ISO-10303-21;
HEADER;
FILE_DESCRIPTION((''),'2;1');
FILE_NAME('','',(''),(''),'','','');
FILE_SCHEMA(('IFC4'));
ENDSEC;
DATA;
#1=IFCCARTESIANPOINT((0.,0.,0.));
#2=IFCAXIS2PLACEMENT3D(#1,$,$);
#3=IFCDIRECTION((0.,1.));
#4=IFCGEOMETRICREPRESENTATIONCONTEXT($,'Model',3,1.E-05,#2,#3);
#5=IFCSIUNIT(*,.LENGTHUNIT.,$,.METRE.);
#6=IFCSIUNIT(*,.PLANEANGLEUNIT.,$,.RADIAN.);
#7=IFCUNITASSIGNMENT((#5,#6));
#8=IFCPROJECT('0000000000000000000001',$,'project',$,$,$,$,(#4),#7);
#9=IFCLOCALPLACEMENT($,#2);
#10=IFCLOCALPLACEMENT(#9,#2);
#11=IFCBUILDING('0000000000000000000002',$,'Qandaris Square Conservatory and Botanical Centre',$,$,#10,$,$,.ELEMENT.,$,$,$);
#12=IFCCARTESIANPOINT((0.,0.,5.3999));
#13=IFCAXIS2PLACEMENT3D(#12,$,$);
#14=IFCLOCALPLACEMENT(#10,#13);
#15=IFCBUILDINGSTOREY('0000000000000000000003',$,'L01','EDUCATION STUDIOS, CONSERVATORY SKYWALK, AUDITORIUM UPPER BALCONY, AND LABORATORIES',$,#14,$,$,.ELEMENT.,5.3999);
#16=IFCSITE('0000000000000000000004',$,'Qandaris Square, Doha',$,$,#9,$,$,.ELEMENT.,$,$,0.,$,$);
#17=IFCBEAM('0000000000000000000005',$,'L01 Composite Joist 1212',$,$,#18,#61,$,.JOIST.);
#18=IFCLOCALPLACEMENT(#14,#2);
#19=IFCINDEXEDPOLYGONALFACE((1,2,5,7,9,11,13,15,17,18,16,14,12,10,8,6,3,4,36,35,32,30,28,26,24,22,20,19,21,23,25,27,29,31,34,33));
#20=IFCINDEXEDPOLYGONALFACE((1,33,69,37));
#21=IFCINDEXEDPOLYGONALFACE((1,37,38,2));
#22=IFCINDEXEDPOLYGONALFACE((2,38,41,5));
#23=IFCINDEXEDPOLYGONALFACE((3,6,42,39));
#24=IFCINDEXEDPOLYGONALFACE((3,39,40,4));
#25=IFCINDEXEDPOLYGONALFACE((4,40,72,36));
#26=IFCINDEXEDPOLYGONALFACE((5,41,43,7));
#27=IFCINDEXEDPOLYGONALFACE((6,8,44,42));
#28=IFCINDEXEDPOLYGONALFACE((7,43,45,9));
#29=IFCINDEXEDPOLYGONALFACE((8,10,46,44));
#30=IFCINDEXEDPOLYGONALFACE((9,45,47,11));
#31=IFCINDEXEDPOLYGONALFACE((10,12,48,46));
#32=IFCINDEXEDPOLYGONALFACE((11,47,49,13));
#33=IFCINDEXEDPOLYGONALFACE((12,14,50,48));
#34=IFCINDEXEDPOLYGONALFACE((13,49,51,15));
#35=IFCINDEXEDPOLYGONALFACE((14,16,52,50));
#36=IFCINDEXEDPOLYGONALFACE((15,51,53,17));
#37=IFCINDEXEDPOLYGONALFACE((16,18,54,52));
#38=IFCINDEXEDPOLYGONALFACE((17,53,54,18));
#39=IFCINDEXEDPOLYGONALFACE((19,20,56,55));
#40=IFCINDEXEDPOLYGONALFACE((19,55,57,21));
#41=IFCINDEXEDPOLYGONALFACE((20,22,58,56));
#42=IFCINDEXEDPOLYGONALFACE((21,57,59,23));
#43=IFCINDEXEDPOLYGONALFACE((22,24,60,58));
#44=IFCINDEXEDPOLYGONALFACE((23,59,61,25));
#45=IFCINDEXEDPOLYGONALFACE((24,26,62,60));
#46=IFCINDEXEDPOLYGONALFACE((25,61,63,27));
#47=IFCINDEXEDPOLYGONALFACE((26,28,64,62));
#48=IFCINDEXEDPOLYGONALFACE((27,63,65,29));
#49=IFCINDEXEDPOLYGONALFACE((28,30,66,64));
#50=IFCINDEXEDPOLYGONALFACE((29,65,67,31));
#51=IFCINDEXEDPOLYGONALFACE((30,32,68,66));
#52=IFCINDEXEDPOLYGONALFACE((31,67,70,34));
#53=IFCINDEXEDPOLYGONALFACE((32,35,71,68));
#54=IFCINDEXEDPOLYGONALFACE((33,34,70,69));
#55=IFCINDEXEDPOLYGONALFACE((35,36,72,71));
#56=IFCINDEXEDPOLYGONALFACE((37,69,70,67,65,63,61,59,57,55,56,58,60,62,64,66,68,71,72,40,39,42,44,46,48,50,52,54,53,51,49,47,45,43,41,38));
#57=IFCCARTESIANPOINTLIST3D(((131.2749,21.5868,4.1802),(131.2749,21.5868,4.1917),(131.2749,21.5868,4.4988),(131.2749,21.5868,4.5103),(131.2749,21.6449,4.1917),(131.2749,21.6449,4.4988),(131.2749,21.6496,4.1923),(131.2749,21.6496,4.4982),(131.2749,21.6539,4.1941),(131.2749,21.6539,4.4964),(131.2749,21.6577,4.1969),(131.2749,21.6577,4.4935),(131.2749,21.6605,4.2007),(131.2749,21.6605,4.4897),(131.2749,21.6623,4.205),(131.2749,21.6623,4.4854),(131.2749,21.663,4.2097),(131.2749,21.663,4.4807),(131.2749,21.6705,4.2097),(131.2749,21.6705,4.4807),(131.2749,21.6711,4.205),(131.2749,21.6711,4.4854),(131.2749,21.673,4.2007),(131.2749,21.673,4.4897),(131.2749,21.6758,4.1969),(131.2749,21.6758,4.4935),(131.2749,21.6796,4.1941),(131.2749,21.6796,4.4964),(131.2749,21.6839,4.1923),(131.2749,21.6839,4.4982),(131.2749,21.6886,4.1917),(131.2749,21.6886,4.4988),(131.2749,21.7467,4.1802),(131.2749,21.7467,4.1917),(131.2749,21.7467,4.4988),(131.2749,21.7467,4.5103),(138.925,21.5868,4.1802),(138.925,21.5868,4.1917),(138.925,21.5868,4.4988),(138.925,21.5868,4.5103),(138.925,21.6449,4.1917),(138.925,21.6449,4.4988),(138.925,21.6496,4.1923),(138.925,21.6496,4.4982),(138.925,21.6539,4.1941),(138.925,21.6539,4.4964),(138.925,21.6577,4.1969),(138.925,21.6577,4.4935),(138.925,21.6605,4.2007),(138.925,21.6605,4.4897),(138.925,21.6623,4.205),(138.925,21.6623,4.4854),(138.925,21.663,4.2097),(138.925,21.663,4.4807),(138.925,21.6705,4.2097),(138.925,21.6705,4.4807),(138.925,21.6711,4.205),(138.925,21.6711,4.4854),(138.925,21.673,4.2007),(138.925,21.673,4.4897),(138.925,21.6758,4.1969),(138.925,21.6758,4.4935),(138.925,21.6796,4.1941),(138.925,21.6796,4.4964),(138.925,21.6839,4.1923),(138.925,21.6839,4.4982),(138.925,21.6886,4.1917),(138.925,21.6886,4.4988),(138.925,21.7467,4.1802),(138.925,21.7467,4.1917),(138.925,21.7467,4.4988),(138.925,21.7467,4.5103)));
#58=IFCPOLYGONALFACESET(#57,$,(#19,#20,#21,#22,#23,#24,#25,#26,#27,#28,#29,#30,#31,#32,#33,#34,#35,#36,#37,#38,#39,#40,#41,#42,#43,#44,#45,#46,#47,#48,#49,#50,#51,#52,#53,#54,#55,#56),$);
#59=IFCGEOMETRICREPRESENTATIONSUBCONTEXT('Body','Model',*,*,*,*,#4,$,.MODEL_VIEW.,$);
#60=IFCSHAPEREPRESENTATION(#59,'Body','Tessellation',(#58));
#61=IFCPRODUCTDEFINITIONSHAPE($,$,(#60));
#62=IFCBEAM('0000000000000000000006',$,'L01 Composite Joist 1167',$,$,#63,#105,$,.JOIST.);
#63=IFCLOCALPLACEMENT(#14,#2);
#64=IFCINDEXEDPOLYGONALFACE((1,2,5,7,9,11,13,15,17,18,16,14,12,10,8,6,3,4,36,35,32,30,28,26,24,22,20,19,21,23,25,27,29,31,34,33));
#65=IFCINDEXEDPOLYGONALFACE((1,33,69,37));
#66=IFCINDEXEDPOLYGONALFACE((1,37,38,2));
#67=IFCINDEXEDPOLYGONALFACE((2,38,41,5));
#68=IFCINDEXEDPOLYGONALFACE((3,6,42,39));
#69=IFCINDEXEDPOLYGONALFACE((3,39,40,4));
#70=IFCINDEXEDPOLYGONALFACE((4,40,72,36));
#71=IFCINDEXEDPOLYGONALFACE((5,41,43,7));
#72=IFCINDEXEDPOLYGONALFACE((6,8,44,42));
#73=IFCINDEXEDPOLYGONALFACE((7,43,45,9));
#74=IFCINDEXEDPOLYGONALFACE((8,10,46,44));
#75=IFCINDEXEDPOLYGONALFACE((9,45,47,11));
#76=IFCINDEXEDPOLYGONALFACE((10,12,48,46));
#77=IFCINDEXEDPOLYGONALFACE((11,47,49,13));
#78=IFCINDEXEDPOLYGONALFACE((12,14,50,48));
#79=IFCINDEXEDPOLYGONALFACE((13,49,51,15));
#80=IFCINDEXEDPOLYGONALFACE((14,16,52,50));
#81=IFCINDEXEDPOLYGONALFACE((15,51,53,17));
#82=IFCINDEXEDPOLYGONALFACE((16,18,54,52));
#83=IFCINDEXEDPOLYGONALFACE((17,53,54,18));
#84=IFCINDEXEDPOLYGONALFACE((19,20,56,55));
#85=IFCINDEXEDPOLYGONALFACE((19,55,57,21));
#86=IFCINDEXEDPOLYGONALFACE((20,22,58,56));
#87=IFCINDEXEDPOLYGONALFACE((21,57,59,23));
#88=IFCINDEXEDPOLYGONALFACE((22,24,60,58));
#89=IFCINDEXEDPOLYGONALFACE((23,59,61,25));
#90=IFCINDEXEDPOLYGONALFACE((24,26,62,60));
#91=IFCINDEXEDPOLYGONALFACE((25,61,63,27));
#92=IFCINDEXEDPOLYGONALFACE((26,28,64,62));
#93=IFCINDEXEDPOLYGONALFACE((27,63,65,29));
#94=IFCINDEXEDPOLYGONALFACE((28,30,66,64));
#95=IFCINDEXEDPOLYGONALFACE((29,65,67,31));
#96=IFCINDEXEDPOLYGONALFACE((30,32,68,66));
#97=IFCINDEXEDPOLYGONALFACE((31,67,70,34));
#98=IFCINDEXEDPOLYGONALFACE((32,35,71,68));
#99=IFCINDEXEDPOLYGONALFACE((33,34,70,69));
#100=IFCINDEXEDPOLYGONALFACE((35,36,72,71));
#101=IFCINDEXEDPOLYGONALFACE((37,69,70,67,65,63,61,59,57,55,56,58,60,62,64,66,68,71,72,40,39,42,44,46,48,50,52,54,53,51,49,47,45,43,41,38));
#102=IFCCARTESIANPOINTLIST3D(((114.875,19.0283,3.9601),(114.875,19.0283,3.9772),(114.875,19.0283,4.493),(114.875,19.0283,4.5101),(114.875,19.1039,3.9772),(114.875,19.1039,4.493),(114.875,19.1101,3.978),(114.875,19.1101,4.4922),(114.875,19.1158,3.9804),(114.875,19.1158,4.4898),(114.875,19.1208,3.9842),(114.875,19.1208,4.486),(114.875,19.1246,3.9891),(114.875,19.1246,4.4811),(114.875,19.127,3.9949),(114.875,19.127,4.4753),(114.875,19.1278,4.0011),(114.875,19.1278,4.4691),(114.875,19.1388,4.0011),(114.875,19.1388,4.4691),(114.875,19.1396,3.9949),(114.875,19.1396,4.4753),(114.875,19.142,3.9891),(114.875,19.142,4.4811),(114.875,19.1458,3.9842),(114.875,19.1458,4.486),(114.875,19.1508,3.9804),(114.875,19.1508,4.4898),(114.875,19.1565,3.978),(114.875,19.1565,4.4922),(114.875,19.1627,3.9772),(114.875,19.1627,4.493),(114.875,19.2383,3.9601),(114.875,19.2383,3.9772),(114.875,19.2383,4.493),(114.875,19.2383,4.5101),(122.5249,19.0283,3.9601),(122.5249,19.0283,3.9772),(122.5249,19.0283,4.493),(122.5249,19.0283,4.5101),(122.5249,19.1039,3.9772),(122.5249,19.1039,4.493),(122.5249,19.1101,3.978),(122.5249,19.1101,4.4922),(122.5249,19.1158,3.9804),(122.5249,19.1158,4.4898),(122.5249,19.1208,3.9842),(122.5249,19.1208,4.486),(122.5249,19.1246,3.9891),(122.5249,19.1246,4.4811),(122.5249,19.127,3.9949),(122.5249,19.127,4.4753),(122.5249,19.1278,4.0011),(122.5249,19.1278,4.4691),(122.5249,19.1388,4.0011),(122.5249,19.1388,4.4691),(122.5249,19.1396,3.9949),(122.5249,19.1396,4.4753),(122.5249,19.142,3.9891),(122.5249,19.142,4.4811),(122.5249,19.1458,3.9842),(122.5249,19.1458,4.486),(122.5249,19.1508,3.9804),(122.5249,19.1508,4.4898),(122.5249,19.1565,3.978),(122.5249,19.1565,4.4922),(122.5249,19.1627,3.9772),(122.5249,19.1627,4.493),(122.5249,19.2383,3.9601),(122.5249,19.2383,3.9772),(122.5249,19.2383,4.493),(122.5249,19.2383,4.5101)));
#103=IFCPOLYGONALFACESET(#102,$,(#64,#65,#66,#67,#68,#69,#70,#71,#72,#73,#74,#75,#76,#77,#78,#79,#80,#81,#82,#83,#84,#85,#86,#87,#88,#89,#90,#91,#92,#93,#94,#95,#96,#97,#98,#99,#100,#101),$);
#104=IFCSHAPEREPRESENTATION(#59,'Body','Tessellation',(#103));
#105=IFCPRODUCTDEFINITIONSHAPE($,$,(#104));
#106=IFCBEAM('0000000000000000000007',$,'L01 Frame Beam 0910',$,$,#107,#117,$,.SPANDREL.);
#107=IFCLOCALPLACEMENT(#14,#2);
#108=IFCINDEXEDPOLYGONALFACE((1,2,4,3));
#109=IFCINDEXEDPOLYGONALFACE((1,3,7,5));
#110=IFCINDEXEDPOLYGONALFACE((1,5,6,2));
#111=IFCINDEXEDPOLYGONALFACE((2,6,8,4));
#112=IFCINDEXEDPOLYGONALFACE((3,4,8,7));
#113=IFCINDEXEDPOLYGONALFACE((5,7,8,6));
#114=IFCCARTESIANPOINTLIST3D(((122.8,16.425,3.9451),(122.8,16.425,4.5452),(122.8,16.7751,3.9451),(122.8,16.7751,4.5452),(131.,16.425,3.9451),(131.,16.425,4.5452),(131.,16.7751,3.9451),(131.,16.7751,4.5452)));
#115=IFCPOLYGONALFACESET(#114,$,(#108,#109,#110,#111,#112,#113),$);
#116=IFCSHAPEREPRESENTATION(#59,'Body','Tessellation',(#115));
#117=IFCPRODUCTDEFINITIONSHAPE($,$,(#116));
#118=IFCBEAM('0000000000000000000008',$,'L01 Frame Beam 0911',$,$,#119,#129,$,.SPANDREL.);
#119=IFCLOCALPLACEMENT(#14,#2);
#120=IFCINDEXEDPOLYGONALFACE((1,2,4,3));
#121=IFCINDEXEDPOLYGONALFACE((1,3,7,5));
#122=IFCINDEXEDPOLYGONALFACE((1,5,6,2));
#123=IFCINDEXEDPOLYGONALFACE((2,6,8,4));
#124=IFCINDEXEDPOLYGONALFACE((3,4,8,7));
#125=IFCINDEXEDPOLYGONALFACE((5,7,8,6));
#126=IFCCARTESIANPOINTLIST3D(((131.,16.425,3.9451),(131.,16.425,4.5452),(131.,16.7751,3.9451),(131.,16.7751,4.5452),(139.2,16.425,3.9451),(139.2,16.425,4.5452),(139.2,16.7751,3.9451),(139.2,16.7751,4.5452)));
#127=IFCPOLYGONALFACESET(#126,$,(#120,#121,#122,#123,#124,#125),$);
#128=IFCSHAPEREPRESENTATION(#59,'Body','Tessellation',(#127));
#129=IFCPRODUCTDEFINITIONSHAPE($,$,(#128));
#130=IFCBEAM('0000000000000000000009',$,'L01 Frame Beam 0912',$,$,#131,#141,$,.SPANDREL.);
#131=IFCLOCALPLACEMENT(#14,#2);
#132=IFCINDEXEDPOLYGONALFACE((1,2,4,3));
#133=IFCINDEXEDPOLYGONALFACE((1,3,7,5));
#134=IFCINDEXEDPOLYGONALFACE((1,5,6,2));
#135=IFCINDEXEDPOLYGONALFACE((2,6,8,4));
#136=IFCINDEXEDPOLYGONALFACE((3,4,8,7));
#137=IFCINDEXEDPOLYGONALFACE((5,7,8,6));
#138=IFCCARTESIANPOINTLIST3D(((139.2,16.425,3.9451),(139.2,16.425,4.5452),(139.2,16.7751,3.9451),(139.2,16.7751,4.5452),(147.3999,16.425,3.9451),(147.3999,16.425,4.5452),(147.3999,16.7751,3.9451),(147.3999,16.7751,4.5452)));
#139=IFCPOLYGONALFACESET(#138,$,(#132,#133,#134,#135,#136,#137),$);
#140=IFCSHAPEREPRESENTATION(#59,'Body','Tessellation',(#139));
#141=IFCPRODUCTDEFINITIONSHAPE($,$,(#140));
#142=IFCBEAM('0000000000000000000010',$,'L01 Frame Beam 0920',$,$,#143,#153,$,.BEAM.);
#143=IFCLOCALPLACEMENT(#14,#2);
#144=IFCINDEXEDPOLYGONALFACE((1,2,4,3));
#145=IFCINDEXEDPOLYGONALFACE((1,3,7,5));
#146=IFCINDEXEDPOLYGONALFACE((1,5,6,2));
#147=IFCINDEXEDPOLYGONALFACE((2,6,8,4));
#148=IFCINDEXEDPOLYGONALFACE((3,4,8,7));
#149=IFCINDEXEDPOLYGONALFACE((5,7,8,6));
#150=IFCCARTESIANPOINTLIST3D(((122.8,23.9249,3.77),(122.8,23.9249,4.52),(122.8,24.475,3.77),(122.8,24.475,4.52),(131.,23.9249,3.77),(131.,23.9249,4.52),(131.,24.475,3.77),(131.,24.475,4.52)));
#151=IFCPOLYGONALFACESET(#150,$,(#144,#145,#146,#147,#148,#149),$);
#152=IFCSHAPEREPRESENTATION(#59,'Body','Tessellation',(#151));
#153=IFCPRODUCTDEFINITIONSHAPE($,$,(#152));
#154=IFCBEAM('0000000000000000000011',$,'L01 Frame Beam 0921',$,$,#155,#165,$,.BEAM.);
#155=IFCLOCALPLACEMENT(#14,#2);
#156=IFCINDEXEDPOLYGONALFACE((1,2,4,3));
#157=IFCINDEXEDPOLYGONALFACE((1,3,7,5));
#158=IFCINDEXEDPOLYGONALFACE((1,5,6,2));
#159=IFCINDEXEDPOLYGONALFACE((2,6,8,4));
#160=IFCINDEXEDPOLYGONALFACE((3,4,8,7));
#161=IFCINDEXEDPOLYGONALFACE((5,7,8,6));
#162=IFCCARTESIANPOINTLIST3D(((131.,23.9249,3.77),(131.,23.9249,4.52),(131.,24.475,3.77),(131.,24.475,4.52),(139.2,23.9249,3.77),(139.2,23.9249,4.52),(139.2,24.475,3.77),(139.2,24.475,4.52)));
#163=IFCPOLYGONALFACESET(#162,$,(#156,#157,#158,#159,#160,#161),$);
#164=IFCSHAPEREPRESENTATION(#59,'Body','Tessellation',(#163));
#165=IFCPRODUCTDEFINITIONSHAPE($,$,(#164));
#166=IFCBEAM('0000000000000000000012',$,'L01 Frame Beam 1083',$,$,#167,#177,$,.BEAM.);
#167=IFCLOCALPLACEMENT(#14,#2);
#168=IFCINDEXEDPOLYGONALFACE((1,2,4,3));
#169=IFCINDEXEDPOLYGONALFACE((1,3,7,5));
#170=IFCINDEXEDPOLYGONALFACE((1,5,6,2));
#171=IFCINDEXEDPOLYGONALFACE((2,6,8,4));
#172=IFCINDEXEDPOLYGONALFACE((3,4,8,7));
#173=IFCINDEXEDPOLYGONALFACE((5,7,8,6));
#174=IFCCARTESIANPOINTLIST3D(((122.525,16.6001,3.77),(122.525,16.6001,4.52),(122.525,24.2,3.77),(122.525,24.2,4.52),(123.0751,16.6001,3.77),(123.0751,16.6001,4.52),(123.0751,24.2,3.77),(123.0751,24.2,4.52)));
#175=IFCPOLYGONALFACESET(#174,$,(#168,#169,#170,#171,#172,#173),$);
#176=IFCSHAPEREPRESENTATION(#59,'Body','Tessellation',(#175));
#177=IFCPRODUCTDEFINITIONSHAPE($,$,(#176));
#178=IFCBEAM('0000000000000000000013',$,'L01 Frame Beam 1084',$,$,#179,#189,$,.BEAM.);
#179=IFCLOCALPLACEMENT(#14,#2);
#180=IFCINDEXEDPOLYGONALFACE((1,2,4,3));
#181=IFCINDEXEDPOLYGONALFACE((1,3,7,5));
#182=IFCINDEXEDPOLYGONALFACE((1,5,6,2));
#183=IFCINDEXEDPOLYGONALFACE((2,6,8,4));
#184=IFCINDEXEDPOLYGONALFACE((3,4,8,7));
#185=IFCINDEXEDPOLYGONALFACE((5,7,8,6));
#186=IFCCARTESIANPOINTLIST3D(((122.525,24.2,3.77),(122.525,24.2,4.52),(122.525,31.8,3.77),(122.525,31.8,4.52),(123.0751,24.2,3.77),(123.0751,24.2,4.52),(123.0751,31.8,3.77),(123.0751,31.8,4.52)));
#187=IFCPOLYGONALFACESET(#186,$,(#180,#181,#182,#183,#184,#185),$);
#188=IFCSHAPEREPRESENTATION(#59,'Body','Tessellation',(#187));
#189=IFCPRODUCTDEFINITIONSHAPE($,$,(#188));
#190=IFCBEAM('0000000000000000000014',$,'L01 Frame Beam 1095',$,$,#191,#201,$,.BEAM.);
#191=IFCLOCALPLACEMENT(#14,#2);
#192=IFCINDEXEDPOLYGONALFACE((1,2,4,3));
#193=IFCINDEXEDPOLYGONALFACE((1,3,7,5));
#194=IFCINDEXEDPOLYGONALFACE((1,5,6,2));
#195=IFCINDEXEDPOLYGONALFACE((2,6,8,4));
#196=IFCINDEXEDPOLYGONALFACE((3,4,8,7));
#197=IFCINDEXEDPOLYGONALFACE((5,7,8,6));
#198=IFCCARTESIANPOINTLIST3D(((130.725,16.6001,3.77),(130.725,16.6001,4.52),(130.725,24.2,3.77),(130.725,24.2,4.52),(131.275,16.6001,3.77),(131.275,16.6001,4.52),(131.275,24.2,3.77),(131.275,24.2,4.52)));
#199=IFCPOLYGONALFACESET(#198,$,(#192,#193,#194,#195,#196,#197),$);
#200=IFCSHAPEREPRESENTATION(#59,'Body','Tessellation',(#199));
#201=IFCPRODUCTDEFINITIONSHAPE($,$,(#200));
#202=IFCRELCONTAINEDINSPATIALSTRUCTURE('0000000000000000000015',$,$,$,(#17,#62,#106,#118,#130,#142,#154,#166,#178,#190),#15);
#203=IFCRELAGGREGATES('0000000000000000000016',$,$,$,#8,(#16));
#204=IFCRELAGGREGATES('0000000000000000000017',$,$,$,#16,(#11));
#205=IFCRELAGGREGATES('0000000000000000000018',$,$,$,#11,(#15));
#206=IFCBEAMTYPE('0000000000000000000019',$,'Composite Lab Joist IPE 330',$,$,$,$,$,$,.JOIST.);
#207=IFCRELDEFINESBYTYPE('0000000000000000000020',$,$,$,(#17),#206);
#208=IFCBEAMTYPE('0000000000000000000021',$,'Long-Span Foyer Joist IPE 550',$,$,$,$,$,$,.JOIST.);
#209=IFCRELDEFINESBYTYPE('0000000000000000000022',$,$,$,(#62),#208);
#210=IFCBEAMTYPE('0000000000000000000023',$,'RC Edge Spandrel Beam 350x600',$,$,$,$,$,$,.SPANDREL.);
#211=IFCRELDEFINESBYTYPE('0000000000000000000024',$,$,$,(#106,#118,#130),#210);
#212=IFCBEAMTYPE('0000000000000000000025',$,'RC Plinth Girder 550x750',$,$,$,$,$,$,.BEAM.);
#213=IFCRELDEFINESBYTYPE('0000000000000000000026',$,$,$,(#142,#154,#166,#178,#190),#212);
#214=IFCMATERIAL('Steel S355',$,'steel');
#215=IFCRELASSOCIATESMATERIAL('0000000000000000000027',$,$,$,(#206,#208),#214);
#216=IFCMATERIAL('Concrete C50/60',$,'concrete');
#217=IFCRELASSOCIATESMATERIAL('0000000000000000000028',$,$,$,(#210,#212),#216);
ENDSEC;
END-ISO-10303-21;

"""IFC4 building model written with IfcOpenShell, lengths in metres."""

from ifc_helpers import new_model, si_unit, direction, frame, origin, origin_2d, place, context, subcontext, project, spatial, rectangle, i_section, extrude, material, material_profile, profile_set, type_object, element, save


model = new_model("IFC4")

# Units and contexts
model_context = context("Model", 3, precision=1e-05, world=origin(), true_north=direction((0.0, 1.0)))
body_context = subcontext(model_context, "Body", "Model", "MODEL_VIEW")
ifc_project = project(units=[si_unit("LENGTHUNIT", "METRE"), si_unit("PLANEANGLEUNIT", "RADIAN")], contexts=[model_context])

# Site, building, storey
site_placement = place(None, origin())
site = spatial("IfcSite", under=ifc_project, at=site_placement, Name="Qandaris Square, Doha", CompositionType="ELEMENT", RefElevation=0.0)
building_placement = place(site_placement, origin())
building = spatial("IfcBuilding", under=site, at=building_placement, Name="Qandaris Square Conservatory and Botanical Centre", CompositionType="ELEMENT")
storey_placement = place(building_placement, frame((0.0, 0.0, 5.3999)))
storey = spatial("IfcBuildingStorey", under=building, at=storey_placement, Name="L01", Description="EDUCATION STUDIOS, CONSERVATORY SKYWALK, AUDITORIUM UPPER BALCONY, AND LABORATORIES", CompositionType="ELEMENT", Elevation=5.3999)

# Shared definitions
ifc_material_1 = material(Name="Concrete C50/60", Category="concrete")

# Shared definitions
ifc_material_2 = material(Name="Steel S355", Category="steel")

# Beams
ifc_material_profile_1 = material_profile(ifc_material_2, i_section(OverallWidth=0.1599, OverallDepth=0.3301, WebThickness=0.0076, FlangeThickness=0.0115, FilletRadius=0.0181, at=origin_2d()), Name="IPE 330")
ifc_profile_set_1 = profile_set([ifc_material_profile_1], Name="Steel S355")
beam_type_1 = type_object("IfcBeamType", Name="Composite Lab Joist IPE 330", PredefinedType="JOIST", material=ifc_profile_set_1)
beam_1_placement = place(storey_placement, frame((131.2749, 21.6667, 4.3452), z_axis=(1.0, 0.0, 0.0), x_axis=(0.0, 1.0, 0.0)))
element("IfcBeam", 1, at=beam_1_placement, inside=storey, type_object=beam_type_1, Name="L01 Composite Joist 1212", PredefinedType="JOIST", context=body_context, shape_type="SweptSolid", body=[
    extrude(i_section(OverallWidth=0.1599, OverallDepth=0.3301, WebThickness=0.0076, FlangeThickness=0.0115, FilletRadius=0.0181, at=origin_2d()), origin(), (0.0, 0.0, 1.0), 7.6501),
])
ifc_material_profile_2 = material_profile(ifc_material_2, i_section(OverallWidth=0.21, OverallDepth=0.55, WebThickness=0.011, FlangeThickness=0.0171, FilletRadius=0.0239, at=origin_2d()), Name="IPE 550")
ifc_profile_set_2 = profile_set([ifc_material_profile_2], Name="Steel S355")
beam_type_2 = type_object("IfcBeamType", Name="Long-Span Foyer Joist IPE 550", PredefinedType="JOIST", material=ifc_profile_set_2)
beam_2_placement = place(storey_placement, frame((114.875, 19.1333, 4.2351), z_axis=(1.0, 0.0, 0.0), x_axis=(0.0, 1.0, 0.0)))
element("IfcBeam", 2, at=beam_2_placement, inside=storey, type_object=beam_type_2, Name="L01 Composite Joist 1167", PredefinedType="JOIST", context=body_context, shape_type="SweptSolid", body=[
    extrude(i_section(OverallWidth=0.21, OverallDepth=0.55, WebThickness=0.011, FlangeThickness=0.0171, FilletRadius=0.0239, at=origin_2d()), origin(), (0.0, 0.0, 1.0), 7.6499),
])
ifc_material_profile_3 = material_profile(ifc_material_1, rectangle(XDim=0.3501, YDim=0.6001, at=origin_2d()), Name="RC-SP 350x600")
ifc_profile_set_3 = profile_set([ifc_material_profile_3], Name="Concrete C50/60")
beam_type_3 = type_object("IfcBeamType", Name="RC Edge Spandrel Beam 350x600", PredefinedType="SPANDREL", material=ifc_profile_set_3)
for number, where, z_axis, x_axis, name in (
    (3, (122.8, 16.6001, 4.2451), (1.0, 0.0, 0.0), (0.0, 1.0, 0.0), "L01 Frame Beam 0910"),
    (4, (131.0, 16.6001, 4.2451), (1.0, 0.0, 0.0), (0.0, 1.0, 0.0), "L01 Frame Beam 0911"),
    (5, (139.2, 16.6001, 4.2451), (1.0, 0.0, 0.0), (0.0, 1.0, 0.0), "L01 Frame Beam 0912"),
):
    element("IfcBeam", number, at=place(storey_placement, frame(where, z_axis=z_axis, x_axis=x_axis)), inside=storey, type_object=beam_type_3, Name=name, PredefinedType="SPANDREL", context=body_context, shape_type="SweptSolid", body=[
        extrude(rectangle(XDim=0.3501, YDim=0.6001, at=origin_2d()), origin(), (0.0, 0.0, 1.0), 8.2),
    ])
ifc_material_profile_4 = material_profile(ifc_material_1, rectangle(XDim=0.55, YDim=0.75, at=origin_2d()), Name="RC-BM 550x750")
ifc_profile_set_4 = profile_set([ifc_material_profile_4], Name="Concrete C50/60")
beam_type_4 = type_object("IfcBeamType", Name="RC Plinth Girder 550x750", PredefinedType="BEAM", material=ifc_profile_set_4)
for number, where, z_axis, x_axis, name in (
    (6, (122.8, 24.2, 4.145), (1.0, 0.0, 0.0), (0.0, 1.0, 0.0), "L01 Frame Beam 0920"),
    (7, (131.0, 24.2, 4.145), (1.0, 0.0, 0.0), (0.0, 1.0, 0.0), "L01 Frame Beam 0921"),
):
    element("IfcBeam", number, at=place(storey_placement, frame(where, z_axis=z_axis, x_axis=x_axis)), inside=storey, type_object=beam_type_4, Name=name, PredefinedType="BEAM", context=body_context, shape_type="SweptSolid", body=[
        extrude(rectangle(XDim=0.55, YDim=0.75, at=origin_2d()), origin(), (0.0, 0.0, 1.0), 8.2),
    ])
beam_3_placement = place(storey_placement, frame((122.8, 16.6001, 4.145), z_axis=(0.0, 1.0, 0.0), x_axis=(-1.0, 0.0, 0.0)))
element("IfcBeam", 8, at=beam_3_placement, inside=storey, type_object=beam_type_4, Name="L01 Frame Beam 1083", PredefinedType="BEAM", context=body_context, shape_type="SweptSolid", body=[
    extrude(rectangle(XDim=0.55, YDim=0.75, at=origin_2d()), origin(), (0.0, 0.0, 1.0), 7.5999),
])
beam_4_placement = place(storey_placement, frame((122.8, 24.2, 4.145), z_axis=(0.0, 1.0, 0.0), x_axis=(-1.0, 0.0, 0.0)))
element("IfcBeam", 9, at=beam_4_placement, inside=storey, type_object=beam_type_4, Name="L01 Frame Beam 1084", PredefinedType="BEAM", context=body_context, shape_type="SweptSolid", body=[
    extrude(rectangle(XDim=0.55, YDim=0.75, at=origin_2d()), origin(), (0.0, 0.0, 1.0), 7.6001),
])
beam_5_placement = place(storey_placement, frame((131.0, 16.6001, 4.145), z_axis=(0.0, 1.0, 0.0), x_axis=(-1.0, 0.0, 0.0)))
element("IfcBeam", 10, at=beam_5_placement, inside=storey, type_object=beam_type_4, Name="L01 Frame Beam 1095", PredefinedType="BEAM", context=body_context, shape_type="SweptSolid", body=[
    extrude(rectangle(XDim=0.55, YDim=0.75, at=origin_2d()), origin(), (0.0, 0.0, 1.0), 7.5999),
])

save(model, "model.ifc")
